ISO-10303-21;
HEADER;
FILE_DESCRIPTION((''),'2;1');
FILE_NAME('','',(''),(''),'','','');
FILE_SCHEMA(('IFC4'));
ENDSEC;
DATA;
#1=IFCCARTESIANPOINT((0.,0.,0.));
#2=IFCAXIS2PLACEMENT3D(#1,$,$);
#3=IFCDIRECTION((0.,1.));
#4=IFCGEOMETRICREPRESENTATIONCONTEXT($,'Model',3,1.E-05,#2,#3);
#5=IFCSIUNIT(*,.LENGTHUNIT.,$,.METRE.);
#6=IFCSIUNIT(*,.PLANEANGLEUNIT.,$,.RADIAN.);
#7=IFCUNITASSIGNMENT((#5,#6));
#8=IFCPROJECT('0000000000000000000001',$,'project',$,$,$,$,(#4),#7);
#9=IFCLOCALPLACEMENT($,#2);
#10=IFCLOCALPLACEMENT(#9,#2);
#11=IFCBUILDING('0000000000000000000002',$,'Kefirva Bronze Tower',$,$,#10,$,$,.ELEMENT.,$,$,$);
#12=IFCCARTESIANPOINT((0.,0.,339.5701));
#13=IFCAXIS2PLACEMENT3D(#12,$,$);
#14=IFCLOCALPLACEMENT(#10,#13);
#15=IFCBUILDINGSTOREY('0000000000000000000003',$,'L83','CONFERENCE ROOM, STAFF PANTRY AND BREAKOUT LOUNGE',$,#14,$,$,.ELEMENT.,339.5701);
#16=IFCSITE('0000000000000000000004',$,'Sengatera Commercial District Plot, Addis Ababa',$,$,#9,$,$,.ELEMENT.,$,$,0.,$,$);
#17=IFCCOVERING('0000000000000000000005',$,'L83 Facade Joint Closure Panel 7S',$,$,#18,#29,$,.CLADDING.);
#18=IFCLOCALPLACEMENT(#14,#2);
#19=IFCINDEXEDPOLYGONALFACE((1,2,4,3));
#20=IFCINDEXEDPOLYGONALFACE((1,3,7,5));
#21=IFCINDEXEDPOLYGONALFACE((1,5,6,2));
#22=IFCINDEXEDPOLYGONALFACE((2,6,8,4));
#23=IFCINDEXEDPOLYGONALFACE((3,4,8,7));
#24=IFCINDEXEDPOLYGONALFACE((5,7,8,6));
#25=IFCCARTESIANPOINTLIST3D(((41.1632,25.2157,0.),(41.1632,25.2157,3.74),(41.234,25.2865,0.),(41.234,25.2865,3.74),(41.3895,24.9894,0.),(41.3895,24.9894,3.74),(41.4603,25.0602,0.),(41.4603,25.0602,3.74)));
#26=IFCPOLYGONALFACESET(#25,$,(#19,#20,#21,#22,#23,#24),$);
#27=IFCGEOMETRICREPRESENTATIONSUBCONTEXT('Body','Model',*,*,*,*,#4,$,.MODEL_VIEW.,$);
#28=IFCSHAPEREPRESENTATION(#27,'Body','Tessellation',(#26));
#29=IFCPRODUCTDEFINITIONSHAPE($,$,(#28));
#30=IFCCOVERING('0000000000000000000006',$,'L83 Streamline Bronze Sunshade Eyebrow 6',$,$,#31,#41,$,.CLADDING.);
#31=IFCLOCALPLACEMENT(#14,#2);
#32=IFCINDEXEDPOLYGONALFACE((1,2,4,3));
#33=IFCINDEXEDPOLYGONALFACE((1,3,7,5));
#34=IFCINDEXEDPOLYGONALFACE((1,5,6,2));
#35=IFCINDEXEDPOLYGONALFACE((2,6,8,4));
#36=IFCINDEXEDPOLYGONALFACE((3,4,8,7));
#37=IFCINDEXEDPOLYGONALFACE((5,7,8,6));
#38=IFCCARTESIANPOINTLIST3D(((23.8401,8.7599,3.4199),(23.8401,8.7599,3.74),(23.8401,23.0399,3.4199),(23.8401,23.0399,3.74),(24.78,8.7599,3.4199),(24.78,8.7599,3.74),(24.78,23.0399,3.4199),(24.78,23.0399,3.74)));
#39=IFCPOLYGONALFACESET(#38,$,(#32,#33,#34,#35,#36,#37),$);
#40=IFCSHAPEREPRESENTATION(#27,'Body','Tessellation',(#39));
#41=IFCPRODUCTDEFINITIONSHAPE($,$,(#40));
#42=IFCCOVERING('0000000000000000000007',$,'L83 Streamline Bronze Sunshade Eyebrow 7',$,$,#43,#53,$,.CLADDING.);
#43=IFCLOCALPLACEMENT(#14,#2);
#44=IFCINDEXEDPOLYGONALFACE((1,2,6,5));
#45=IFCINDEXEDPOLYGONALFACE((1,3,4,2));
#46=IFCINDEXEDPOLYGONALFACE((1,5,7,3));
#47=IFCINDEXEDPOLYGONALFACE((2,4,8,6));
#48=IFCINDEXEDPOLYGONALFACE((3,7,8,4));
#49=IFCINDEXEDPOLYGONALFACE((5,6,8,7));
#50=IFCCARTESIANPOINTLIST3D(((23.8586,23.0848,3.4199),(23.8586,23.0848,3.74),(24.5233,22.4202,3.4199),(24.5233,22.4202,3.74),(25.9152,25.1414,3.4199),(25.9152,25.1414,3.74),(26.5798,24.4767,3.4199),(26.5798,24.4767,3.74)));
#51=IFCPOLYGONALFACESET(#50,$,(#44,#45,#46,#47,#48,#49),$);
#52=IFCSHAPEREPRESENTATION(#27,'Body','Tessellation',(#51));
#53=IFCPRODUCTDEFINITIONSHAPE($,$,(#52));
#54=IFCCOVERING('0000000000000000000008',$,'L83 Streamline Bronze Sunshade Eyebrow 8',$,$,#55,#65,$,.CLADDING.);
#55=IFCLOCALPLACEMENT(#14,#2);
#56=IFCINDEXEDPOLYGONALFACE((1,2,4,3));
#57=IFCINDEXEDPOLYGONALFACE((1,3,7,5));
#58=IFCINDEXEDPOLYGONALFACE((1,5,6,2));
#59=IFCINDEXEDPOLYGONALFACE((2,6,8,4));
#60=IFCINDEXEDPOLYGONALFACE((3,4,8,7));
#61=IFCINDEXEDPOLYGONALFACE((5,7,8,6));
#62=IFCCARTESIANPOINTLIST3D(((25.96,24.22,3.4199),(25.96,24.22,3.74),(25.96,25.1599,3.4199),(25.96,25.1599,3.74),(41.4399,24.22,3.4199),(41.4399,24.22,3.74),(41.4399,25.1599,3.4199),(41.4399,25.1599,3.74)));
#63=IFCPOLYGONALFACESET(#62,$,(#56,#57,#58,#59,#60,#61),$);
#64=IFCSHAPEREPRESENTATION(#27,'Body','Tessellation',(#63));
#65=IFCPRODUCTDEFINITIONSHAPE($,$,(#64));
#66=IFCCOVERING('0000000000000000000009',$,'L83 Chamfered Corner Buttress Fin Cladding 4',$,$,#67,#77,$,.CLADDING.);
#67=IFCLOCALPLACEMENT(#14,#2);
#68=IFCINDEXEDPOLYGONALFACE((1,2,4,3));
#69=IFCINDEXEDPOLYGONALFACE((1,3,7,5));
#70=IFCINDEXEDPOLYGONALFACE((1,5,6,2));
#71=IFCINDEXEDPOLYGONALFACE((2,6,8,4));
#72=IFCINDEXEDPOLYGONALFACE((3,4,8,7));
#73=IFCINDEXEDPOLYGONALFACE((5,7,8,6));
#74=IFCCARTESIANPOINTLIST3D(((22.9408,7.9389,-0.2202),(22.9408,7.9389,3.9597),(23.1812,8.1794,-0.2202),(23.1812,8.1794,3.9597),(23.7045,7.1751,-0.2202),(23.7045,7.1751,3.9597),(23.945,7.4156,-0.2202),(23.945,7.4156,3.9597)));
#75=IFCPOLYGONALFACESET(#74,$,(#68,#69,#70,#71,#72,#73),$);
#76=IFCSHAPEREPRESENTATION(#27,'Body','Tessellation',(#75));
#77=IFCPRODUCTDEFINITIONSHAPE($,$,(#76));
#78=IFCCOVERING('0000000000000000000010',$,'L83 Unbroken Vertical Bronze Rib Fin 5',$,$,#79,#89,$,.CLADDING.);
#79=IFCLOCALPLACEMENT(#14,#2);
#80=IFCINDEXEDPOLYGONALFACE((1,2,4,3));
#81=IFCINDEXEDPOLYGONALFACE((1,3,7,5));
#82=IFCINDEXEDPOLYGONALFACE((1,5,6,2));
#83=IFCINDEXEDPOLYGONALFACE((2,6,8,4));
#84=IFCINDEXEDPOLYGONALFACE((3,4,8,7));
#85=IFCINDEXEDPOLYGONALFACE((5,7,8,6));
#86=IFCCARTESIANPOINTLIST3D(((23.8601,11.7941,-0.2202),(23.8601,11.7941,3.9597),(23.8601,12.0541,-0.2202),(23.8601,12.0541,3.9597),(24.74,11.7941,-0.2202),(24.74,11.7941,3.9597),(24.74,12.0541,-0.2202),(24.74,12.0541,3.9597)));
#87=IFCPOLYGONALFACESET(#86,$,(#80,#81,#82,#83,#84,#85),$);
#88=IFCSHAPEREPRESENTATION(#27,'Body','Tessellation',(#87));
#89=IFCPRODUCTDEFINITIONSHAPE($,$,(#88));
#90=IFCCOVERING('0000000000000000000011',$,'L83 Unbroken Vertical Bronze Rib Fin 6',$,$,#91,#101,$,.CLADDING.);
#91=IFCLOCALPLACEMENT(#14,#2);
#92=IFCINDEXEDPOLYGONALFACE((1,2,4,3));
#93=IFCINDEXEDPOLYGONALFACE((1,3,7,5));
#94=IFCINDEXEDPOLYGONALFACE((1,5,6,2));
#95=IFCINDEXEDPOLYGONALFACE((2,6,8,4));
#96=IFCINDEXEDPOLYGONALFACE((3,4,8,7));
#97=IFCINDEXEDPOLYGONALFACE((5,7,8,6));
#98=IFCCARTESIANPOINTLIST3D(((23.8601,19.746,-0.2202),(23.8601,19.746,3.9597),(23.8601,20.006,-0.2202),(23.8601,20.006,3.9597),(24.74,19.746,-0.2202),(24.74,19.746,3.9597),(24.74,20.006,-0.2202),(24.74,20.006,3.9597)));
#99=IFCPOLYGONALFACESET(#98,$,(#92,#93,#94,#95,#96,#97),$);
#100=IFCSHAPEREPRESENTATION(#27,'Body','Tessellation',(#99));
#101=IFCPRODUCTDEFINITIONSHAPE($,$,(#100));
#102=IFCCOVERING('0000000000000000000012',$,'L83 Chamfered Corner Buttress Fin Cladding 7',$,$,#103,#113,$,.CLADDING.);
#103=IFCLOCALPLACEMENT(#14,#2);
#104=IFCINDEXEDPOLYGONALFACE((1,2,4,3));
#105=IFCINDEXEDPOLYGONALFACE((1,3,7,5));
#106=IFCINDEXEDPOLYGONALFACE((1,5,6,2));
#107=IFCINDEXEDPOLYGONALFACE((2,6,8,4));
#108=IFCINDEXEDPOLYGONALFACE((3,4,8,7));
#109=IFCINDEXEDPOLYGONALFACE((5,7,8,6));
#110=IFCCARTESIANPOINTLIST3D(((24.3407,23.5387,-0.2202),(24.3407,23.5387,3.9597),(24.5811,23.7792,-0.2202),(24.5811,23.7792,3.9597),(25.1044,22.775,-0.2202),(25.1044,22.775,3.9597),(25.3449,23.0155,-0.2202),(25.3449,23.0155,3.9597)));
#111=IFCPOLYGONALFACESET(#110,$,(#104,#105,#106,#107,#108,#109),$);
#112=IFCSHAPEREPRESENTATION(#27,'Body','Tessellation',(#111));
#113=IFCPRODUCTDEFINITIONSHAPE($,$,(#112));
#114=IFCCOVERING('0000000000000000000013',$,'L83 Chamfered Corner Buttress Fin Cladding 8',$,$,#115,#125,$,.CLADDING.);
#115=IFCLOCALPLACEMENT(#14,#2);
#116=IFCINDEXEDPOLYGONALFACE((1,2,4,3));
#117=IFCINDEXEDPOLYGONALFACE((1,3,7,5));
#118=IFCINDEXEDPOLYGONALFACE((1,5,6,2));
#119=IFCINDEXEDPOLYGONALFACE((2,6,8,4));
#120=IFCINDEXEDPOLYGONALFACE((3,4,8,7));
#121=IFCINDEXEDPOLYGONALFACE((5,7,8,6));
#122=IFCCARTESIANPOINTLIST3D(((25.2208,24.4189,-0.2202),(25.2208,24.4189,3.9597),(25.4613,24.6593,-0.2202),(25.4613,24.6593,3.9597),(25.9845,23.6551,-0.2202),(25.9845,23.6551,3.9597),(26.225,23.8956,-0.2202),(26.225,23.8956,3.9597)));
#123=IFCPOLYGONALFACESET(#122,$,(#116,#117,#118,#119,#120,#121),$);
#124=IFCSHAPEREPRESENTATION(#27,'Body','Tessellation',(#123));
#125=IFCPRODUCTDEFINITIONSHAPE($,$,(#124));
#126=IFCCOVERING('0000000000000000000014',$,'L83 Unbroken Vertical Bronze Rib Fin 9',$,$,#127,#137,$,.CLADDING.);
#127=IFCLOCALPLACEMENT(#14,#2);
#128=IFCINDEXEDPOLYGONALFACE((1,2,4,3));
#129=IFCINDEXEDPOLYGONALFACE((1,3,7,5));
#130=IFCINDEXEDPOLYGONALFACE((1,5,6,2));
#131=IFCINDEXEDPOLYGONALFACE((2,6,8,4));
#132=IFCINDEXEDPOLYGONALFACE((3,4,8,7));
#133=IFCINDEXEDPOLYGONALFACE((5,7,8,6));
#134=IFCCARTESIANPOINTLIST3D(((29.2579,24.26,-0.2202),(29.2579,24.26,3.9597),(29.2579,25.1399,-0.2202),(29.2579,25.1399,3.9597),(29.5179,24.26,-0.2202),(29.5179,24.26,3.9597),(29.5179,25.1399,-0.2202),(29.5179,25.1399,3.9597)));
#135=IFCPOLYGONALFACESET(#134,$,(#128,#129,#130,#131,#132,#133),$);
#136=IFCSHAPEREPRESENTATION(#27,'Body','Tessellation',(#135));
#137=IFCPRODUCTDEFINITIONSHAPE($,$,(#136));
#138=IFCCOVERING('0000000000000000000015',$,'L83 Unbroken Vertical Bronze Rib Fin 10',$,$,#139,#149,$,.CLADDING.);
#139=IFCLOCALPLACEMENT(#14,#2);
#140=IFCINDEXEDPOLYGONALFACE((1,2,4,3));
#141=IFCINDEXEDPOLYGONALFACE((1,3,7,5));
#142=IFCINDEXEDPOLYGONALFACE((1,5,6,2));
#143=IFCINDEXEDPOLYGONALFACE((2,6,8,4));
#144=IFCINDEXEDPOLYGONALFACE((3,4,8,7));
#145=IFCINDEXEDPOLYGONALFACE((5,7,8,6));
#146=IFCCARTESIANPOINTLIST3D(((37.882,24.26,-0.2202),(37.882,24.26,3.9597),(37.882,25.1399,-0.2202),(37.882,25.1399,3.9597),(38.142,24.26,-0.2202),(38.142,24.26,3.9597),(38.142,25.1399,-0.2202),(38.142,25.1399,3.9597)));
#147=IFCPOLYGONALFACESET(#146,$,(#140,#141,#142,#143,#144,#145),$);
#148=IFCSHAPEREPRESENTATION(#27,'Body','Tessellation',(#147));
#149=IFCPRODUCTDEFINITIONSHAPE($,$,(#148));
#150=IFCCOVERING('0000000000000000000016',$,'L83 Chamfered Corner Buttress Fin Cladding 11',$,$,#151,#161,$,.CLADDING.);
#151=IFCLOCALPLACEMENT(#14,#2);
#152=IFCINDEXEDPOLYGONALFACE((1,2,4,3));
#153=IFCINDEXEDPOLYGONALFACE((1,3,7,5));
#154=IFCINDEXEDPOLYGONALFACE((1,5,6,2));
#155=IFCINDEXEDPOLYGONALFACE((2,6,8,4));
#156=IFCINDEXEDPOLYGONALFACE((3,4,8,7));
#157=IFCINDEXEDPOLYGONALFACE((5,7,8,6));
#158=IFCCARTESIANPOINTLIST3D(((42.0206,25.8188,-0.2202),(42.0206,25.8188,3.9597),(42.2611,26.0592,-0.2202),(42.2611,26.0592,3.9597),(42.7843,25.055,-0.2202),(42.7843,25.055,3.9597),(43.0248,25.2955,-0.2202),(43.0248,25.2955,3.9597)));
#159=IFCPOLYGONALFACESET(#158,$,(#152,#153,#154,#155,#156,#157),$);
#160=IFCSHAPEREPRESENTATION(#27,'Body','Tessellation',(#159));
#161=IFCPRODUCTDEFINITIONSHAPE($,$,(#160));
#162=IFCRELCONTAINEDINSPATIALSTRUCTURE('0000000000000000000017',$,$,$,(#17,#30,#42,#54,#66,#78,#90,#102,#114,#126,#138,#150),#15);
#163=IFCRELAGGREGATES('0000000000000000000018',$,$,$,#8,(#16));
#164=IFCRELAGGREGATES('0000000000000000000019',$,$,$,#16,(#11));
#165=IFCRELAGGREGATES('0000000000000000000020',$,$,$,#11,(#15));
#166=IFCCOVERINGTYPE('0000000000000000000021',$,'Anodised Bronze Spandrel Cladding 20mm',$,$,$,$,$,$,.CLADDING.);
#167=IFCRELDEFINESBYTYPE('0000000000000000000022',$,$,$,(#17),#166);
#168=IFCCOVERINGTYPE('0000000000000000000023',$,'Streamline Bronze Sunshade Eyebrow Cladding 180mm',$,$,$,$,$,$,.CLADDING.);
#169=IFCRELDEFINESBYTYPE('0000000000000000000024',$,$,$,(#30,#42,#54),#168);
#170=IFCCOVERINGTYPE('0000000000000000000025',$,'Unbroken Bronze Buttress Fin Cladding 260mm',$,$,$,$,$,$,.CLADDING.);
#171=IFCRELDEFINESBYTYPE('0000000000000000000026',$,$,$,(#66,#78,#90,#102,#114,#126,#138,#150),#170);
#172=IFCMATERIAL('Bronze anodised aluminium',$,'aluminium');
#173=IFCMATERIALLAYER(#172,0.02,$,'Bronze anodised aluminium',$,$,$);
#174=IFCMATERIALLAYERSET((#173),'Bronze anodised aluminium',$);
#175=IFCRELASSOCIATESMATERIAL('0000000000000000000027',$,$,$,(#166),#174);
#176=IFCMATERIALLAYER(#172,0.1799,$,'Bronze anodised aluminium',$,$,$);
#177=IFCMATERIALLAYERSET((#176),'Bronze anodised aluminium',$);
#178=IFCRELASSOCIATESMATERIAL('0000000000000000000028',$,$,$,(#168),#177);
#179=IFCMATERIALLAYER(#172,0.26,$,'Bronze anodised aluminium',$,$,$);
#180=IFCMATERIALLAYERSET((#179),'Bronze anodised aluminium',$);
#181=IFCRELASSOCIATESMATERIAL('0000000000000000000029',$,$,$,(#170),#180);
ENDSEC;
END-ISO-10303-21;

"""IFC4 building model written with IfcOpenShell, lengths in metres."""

from ifc_helpers import new_model, si_unit, direction, frame, origin, origin_2d, place, context, subcontext, project, spatial, rectangle, extrude, material, layer, layer_set, type_object, element, save


model = new_model("IFC4")

# Units and contexts
model_context = context("Model", 3, precision=1e-05, world=origin(), true_north=direction((0.0, 1.0)))
body_context = subcontext(model_context, "Body", "Model", "MODEL_VIEW")
ifc_project = project(units=[si_unit("LENGTHUNIT", "METRE"), si_unit("PLANEANGLEUNIT", "RADIAN")], contexts=[model_context])

# Site, building, storey
site_placement = place(None, origin())
site = spatial("IfcSite", under=ifc_project, at=site_placement, Name="Sengatera Commercial District Plot, Addis Ababa", CompositionType="ELEMENT", RefElevation=0.0)
building_placement = place(site_placement, origin())
building = spatial("IfcBuilding", under=site, at=building_placement, Name="Kefirva Bronze Tower", CompositionType="ELEMENT")
storey_placement = place(building_placement, frame((0.0, 0.0, 339.5701)))
storey = spatial("IfcBuildingStorey", under=building, at=storey_placement, Name="L83", Description="CONFERENCE ROOM, STAFF PANTRY AND BREAKOUT LOUNGE", CompositionType="ELEMENT", Elevation=339.5701)

# Shared definitions
ifc_material_1 = material(Name="Bronze anodised aluminium", Category="aluminium")

# Coverings
ifc_layer_1 = layer(ifc_material_1, 0.02, Name="Bronze anodised aluminium")
ifc_layer_set_1 = layer_set([ifc_layer_1], Name="Bronze anodised aluminium")
covering_type_1 = type_object("IfcCoveringType", Name="Anodised Bronze Spandrel Cladding 20mm", PredefinedType="CLADDING", material=ifc_layer_set_1)
covering_1_placement = place(storey_placement, frame((41.3118, 25.1379, 0.0), z_axis=(0.0, 0.0, 1.0), x_axis=(0.707107, 0.707107, 0.0)))
element("IfcCovering", 1, at=covering_1_placement, inside=storey, type_object=covering_type_1, Name="L83 Facade Joint Closure Panel 7S", PredefinedType="CLADDING", context=body_context, shape_type="SweptSolid", body=[
    extrude(rectangle(XDim=0.1001, YDim=0.3201, at=origin_2d()), origin(), (0.0, 0.0, 1.0), 3.74),
])
ifc_layer_2 = layer(ifc_material_1, 0.1799, Name="Bronze anodised aluminium")
ifc_layer_set_2 = layer_set([ifc_layer_2], Name="Bronze anodised aluminium")
covering_type_2 = type_object("IfcCoveringType", Name="Streamline Bronze Sunshade Eyebrow Cladding 180mm", PredefinedType="CLADDING", material=ifc_layer_set_2)
covering_2_placement = place(storey_placement, frame((24.3101, 15.8999, 3.4199), z_axis=(0.0, 0.0, 1.0), x_axis=(0.0, 1.0, 0.0)))
element("IfcCovering", 2, at=covering_2_placement, inside=storey, type_object=covering_type_2, Name="L83 Streamline Bronze Sunshade Eyebrow 6", PredefinedType="CLADDING", context=body_context, shape_type="SweptSolid", body=[
    extrude(rectangle(XDim=14.28, YDim=0.9399, at=origin_2d()), origin(), (0.0, 0.0, 1.0), 0.3201),
])
covering_3_placement = place(storey_placement, frame((25.2192, 23.7808, 3.4199), z_axis=(0.0, 0.0, 1.0), x_axis=(0.707107, 0.707107, 0.0)))
element("IfcCovering", 3, at=covering_3_placement, inside=storey, type_object=covering_type_2, Name="L83 Streamline Bronze Sunshade Eyebrow 7", PredefinedType="CLADDING", context=body_context, shape_type="SweptSolid", body=[
    extrude(rectangle(XDim=2.9084, YDim=0.9399, at=origin_2d()), origin(), (0.0, 0.0, 1.0), 0.3201),
])
covering_4_placement = place(storey_placement, frame((33.7, 24.6899, 3.4199), z_axis=(0.0, 0.0, 1.0), x_axis=(1.0, 0.0, 0.0)))
element("IfcCovering", 4, at=covering_4_placement, inside=storey, type_object=covering_type_2, Name="L83 Streamline Bronze Sunshade Eyebrow 8", PredefinedType="CLADDING", context=body_context, shape_type="SweptSolid", body=[
    extrude(rectangle(XDim=15.48, YDim=0.9399, at=origin_2d()), origin(), (0.0, 0.0, 1.0), 0.3201),
])
ifc_layer_3 = layer(ifc_material_1, 0.26, Name="Bronze anodised aluminium")
ifc_layer_set_3 = layer_set([ifc_layer_3], Name="Bronze anodised aluminium")
covering_type_3 = type_object("IfcCoveringType", Name="Unbroken Bronze Buttress Fin Cladding 260mm", PredefinedType="CLADDING", material=ifc_layer_set_3)
covering_5_placement = place(storey_placement, frame((23.4429, 7.6772, -0.2202), z_axis=(0.0, 0.0, 1.0), x_axis=(0.707107, 0.707107, 0.0)))
element("IfcCovering", 5, at=covering_5_placement, inside=storey, type_object=covering_type_3, Name="L83 Chamfered Corner Buttress Fin Cladding 4", PredefinedType="CLADDING", context=body_context, shape_type="SweptSolid", body=[
    extrude(rectangle(XDim=0.3401, YDim=1.0801, at=origin_2d()), origin(), (0.0, 0.0, 1.0), 4.1799),
])
for number, where, z_axis, x_axis, name in (
    (6, (24.3, 11.9241, -0.2202), (0.0, 0.0, 1.0), (0.0, 1.0, 0.0), "L83 Unbroken Vertical Bronze Rib Fin 5"),
    (7, (24.3, 19.876, -0.2202), (0.0, 0.0, 1.0), (0.0, 1.0, 0.0), "L83 Unbroken Vertical Bronze Rib Fin 6"),
):
    element("IfcCovering", number, at=place(storey_placement, frame(where, z_axis=z_axis, x_axis=x_axis)), inside=storey, type_object=covering_type_3, Name=name, PredefinedType="CLADDING", context=body_context, shape_type="SweptSolid", body=[
        extrude(rectangle(XDim=0.26, YDim=0.8799, at=origin_2d()), origin(), (0.0, 0.0, 1.0), 4.1799),
    ])
for number, where, z_axis, x_axis, name in (
    (8, (24.8428, 23.2771, -0.2202), (0.0, 0.0, 1.0), (0.707107, 0.707107, 0.0), "L83 Chamfered Corner Buttress Fin Cladding 7"),
    (9, (25.7229, 24.1572, -0.2202), (0.0, 0.0, 1.0), (0.707107, 0.707107, 0.0), "L83 Chamfered Corner Buttress Fin Cladding 8"),
):
    element("IfcCovering", number, at=place(storey_placement, frame(where, z_axis=z_axis, x_axis=x_axis)), inside=storey, type_object=covering_type_3, Name=name, PredefinedType="CLADDING", context=body_context, shape_type="SweptSolid", body=[
        extrude(rectangle(XDim=0.3401, YDim=1.0801, at=origin_2d()), origin(), (0.0, 0.0, 1.0), 4.1799),
    ])
for number, where, z_axis, x_axis, name in (
    (10, (29.3879, 24.7, -0.2202), (0.0, 0.0, 1.0), (1.0, 0.0, 0.0), "L83 Unbroken Vertical Bronze Rib Fin 9"),
    (11, (38.012, 24.7, -0.2202), (0.0, 0.0, 1.0), (1.0, 0.0, 0.0), "L83 Unbroken Vertical Bronze Rib Fin 10"),
):
    element("IfcCovering", number, at=place(storey_placement, frame(where, z_axis=z_axis, x_axis=x_axis)), inside=storey, type_object=covering_type_3, Name=name, PredefinedType="CLADDING", context=body_context, shape_type="SweptSolid", body=[
        extrude(rectangle(XDim=0.26, YDim=0.8799, at=origin_2d()), origin(), (0.0, 0.0, 1.0), 4.1799),
    ])
covering_6_placement = place(storey_placement, frame((42.5227, 25.5571, -0.2202), z_axis=(0.0, 0.0, 1.0), x_axis=(0.707107, 0.707107, 0.0)))
element("IfcCovering", 12, at=covering_6_placement, inside=storey, type_object=covering_type_3, Name="L83 Chamfered Corner Buttress Fin Cladding 11", PredefinedType="CLADDING", context=body_context, shape_type="SweptSolid", body=[
    extrude(rectangle(XDim=0.3401, YDim=1.0801, at=origin_2d()), origin(), (0.0, 0.0, 1.0), 4.1799),
])

save(model, "model.ifc")
